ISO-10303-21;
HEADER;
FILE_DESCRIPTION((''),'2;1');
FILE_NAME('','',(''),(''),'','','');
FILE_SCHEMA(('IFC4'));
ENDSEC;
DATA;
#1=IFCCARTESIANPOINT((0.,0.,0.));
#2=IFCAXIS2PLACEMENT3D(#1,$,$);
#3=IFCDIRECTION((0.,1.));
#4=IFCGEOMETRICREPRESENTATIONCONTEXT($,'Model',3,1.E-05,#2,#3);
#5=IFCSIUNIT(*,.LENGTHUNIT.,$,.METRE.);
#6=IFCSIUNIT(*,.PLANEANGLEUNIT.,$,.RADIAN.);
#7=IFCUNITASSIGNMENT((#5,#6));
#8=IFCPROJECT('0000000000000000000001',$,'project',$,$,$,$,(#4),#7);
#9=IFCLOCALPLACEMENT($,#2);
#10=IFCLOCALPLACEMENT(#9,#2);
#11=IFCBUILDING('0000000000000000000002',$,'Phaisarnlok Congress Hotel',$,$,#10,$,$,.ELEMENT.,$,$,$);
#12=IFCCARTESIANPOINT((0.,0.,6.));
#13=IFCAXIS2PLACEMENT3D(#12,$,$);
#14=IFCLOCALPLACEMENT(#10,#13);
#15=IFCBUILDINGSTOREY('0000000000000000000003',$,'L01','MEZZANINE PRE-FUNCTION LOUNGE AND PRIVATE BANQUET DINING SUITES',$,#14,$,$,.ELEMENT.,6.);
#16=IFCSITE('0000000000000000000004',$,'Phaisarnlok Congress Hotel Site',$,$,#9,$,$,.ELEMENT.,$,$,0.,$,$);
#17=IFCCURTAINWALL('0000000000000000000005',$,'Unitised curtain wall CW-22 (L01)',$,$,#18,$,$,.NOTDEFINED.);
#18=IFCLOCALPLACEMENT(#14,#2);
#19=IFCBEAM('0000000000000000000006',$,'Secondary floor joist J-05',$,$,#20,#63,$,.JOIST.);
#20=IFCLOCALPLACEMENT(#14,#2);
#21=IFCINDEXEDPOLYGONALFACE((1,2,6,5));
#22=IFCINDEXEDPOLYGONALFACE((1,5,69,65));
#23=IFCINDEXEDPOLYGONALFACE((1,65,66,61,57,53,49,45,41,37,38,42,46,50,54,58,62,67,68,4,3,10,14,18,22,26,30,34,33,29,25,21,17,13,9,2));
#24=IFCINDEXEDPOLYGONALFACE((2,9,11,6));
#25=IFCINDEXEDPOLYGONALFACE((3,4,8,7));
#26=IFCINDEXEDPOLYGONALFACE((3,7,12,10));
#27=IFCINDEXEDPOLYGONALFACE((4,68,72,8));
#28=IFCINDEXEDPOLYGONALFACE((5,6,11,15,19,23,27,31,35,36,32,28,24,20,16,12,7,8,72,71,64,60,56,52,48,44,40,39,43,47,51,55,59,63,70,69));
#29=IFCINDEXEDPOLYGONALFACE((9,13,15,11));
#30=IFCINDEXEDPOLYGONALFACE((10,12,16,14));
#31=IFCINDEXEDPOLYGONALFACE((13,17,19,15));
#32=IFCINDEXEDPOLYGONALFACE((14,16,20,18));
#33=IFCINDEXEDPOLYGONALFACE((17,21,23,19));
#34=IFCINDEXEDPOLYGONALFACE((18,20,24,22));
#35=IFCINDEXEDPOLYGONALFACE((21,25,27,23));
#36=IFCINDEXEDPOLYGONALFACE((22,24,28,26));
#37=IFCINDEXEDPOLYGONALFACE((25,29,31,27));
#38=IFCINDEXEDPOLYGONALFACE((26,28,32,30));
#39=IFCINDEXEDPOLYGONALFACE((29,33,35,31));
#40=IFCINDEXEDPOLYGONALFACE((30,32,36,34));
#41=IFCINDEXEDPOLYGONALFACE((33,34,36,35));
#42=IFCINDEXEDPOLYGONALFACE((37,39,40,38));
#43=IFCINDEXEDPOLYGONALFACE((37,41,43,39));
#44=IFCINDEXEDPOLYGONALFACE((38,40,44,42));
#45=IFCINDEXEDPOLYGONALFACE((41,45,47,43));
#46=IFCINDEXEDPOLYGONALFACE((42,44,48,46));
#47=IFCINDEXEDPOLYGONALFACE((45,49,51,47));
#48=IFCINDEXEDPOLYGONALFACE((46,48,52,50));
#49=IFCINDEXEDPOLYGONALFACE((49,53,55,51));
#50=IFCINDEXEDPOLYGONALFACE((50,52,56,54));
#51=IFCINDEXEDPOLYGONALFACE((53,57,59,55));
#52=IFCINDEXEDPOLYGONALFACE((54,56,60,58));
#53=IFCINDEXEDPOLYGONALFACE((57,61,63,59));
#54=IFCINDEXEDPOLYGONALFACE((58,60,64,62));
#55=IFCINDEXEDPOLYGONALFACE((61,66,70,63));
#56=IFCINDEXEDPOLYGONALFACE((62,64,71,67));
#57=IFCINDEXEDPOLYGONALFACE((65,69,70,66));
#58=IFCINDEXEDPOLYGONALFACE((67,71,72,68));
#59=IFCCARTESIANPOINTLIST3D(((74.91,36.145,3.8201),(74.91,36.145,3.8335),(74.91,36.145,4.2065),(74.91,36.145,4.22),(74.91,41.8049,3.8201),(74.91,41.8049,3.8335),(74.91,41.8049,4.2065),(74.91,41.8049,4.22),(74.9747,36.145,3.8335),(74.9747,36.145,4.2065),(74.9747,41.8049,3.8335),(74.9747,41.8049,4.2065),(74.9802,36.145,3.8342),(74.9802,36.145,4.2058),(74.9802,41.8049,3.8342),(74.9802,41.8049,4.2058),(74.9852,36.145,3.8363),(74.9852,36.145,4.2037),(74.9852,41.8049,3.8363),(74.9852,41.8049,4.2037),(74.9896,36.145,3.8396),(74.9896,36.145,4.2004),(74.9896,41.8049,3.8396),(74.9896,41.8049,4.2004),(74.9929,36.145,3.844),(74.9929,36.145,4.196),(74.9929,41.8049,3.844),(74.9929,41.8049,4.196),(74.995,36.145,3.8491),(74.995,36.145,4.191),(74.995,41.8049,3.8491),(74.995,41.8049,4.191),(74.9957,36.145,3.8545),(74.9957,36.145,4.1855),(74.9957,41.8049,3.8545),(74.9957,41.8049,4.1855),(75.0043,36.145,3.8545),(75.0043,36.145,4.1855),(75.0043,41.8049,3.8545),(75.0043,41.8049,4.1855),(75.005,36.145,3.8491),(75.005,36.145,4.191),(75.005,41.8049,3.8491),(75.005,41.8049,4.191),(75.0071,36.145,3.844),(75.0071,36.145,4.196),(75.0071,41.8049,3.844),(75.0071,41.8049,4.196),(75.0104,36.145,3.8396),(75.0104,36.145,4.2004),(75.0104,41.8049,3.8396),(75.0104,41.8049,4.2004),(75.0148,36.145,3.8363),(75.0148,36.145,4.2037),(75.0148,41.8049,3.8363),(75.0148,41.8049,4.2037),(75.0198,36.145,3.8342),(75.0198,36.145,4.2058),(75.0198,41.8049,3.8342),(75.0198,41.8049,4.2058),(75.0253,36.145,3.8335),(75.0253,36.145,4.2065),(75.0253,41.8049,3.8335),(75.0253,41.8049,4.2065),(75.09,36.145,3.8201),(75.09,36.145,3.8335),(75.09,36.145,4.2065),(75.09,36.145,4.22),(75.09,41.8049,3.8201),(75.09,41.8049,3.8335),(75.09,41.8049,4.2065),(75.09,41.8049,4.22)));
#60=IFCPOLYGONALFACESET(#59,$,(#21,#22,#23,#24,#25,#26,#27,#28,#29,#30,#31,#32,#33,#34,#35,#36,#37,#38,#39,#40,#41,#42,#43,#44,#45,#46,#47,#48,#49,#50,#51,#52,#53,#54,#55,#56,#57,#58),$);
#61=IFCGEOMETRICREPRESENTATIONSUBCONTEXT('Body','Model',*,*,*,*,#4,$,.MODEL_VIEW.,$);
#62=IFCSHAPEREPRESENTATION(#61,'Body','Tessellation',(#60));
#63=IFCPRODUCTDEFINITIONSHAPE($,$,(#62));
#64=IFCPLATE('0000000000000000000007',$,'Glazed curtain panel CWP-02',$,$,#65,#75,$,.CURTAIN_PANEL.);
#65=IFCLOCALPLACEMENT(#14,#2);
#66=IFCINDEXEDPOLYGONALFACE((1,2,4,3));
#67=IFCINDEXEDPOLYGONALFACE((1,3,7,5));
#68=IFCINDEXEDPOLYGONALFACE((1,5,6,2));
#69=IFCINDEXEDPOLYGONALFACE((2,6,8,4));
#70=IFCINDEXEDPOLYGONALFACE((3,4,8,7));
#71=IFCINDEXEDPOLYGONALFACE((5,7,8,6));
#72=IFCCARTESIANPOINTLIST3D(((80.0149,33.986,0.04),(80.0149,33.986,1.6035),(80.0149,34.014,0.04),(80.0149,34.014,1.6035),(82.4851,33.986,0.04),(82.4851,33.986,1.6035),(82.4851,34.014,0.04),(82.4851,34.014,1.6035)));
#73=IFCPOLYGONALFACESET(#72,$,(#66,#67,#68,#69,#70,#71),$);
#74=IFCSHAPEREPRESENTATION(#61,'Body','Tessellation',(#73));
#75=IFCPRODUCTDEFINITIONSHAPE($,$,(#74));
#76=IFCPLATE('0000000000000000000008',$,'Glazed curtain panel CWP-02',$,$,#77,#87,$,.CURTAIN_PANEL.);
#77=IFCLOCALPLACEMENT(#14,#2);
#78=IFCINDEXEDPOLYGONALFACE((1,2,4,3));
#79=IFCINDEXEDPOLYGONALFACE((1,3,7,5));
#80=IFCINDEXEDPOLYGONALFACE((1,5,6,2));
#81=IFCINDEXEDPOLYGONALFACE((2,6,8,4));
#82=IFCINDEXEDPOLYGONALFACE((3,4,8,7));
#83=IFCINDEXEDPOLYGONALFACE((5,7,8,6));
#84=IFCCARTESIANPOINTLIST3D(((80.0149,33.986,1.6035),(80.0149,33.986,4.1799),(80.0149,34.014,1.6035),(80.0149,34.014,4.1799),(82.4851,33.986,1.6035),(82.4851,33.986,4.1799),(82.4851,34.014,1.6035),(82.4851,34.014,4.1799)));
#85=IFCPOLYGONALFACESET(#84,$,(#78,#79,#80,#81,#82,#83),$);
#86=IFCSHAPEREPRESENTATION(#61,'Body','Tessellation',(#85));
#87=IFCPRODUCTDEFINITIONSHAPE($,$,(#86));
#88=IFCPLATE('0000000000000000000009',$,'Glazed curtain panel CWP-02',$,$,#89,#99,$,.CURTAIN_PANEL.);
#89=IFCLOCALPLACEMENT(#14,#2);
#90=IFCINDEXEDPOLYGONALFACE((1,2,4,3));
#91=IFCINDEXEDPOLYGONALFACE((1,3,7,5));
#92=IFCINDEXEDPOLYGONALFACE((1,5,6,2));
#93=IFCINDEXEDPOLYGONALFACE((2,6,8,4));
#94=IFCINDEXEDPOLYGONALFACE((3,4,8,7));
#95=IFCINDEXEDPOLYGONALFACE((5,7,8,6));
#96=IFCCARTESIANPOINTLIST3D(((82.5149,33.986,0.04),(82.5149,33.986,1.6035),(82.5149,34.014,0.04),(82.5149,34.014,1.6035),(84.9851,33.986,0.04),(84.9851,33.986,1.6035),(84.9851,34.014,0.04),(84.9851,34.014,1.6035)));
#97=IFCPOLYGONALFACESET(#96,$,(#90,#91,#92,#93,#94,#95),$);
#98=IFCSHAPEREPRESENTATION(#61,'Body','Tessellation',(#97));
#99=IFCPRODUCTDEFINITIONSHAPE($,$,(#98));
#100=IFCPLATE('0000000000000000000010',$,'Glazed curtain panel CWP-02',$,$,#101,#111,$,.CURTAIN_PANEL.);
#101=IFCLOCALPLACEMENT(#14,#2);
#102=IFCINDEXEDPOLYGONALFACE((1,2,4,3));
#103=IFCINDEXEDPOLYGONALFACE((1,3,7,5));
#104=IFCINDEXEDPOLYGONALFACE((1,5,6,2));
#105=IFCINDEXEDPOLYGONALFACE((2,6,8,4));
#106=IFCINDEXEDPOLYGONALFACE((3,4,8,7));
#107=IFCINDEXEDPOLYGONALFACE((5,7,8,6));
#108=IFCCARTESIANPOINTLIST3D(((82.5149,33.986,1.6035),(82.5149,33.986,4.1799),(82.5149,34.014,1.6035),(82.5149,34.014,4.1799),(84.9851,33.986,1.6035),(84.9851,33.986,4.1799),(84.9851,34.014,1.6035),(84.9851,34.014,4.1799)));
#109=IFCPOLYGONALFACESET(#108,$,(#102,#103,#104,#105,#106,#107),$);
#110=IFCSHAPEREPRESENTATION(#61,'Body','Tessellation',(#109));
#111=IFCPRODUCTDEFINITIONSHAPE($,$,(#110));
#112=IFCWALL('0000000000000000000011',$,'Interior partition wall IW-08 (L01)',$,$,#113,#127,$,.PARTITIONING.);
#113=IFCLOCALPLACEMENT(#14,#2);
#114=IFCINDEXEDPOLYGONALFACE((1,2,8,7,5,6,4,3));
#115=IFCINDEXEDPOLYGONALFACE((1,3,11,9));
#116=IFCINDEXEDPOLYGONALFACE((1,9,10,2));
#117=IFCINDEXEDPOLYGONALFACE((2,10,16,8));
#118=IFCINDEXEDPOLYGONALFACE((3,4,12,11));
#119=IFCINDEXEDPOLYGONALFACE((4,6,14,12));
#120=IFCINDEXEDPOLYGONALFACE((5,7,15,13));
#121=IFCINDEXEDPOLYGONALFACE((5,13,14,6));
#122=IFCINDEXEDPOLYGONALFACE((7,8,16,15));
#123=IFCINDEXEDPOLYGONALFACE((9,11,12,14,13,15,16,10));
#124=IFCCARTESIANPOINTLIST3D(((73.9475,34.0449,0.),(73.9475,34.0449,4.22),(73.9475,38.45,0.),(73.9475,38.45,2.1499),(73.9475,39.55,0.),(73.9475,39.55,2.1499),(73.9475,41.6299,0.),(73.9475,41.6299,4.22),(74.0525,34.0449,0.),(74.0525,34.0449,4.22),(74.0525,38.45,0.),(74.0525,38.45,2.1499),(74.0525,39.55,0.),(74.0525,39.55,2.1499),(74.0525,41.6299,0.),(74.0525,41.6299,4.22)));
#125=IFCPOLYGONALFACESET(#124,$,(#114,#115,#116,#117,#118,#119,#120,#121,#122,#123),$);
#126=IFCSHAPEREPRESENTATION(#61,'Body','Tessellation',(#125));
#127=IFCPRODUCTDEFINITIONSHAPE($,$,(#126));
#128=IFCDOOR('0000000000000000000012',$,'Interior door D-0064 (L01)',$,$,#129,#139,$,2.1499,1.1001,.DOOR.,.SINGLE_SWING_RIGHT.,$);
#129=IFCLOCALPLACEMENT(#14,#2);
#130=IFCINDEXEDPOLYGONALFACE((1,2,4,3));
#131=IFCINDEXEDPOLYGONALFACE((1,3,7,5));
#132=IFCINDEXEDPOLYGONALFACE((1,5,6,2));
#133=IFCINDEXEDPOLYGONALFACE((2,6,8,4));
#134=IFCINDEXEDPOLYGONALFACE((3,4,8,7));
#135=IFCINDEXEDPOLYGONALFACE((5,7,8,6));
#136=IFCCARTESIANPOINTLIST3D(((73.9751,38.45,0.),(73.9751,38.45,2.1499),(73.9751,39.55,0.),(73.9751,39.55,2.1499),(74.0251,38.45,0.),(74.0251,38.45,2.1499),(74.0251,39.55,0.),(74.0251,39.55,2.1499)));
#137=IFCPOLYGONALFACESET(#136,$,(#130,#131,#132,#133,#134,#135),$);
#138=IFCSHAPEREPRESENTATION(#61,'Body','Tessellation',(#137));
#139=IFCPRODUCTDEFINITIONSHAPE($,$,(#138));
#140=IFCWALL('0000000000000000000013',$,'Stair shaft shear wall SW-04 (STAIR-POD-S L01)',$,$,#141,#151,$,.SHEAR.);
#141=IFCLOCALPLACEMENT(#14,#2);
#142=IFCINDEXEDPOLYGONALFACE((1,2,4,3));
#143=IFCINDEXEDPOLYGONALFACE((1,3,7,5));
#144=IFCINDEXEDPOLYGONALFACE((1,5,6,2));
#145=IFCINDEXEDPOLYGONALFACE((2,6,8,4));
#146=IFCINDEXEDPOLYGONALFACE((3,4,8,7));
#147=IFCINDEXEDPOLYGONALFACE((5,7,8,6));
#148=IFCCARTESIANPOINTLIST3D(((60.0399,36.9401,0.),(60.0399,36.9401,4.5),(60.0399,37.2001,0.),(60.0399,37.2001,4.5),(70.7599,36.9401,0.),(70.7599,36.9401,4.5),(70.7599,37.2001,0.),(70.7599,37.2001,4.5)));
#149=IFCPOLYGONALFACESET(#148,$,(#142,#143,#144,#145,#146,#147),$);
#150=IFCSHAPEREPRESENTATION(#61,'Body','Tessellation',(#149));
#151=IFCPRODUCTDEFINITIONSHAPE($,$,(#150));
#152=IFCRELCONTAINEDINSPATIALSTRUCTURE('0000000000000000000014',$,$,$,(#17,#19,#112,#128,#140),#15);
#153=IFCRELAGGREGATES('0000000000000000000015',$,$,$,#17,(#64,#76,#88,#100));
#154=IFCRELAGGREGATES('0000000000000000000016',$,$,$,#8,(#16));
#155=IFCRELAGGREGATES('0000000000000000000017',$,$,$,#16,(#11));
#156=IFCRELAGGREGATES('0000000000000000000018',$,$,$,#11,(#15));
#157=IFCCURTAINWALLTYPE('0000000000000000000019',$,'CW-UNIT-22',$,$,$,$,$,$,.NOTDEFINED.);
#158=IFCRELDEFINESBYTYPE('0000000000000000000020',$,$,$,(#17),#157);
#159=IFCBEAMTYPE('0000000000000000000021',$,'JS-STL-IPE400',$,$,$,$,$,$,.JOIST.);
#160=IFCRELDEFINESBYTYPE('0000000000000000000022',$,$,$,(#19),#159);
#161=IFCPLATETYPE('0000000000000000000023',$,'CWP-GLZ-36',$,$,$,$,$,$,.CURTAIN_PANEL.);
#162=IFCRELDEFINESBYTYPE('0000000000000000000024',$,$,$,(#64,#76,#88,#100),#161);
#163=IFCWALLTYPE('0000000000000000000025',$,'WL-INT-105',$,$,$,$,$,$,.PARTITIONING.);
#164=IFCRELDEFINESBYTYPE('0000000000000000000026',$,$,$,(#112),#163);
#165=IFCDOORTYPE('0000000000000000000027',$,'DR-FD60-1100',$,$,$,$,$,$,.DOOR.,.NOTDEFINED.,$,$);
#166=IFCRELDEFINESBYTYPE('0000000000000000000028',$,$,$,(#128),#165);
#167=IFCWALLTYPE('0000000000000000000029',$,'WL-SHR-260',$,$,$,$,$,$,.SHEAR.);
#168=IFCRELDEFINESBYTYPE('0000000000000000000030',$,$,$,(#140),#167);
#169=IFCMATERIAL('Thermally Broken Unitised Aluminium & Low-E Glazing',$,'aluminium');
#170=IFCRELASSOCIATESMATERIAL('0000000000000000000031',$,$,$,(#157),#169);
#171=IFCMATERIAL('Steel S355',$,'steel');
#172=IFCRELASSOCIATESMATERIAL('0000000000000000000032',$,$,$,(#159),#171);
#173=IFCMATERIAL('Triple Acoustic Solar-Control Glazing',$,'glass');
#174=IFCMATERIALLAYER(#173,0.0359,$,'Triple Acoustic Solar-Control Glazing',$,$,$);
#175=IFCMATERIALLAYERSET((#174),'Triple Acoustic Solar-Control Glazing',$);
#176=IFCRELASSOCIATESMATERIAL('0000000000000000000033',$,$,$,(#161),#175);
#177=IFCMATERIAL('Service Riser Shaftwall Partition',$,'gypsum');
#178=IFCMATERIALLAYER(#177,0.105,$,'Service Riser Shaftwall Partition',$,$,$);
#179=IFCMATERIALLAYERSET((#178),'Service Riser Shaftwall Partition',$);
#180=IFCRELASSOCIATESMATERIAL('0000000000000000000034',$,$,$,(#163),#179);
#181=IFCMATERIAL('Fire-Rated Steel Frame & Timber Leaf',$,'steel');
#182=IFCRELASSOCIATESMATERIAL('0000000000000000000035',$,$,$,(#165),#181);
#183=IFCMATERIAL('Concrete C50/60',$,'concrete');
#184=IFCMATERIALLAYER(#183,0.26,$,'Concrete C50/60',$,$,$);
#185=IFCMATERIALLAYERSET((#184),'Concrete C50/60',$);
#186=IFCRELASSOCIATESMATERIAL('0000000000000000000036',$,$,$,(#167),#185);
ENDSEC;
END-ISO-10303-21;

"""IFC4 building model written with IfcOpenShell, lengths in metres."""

from ifc_helpers import new_model, si_unit, direction, frame, frame_2d, origin, origin_2d, place, context, subcontext, project, spatial, rectangle, i_section, extrude, material, layer, layer_set, material_profile, profile_set, type_object, element, fill, aggregate, save


model = new_model("IFC4")

# Units and contexts
model_context = context("Model", 3, precision=1e-05, world=origin(), true_north=direction((0.0, 1.0)))
body_context = subcontext(model_context, "Body", "Model", "MODEL_VIEW")
ifc_project = project(units=[si_unit("LENGTHUNIT", "METRE"), si_unit("PLANEANGLEUNIT", "RADIAN")], contexts=[model_context])

# Site, building, storey
site_placement = place(None, origin())
site = spatial("IfcSite", under=ifc_project, at=site_placement, Name="Phaisarnlok Congress Hotel Site", CompositionType="ELEMENT", RefElevation=0.0)
building_placement = place(site_placement, origin())
building = spatial("IfcBuilding", under=site, at=building_placement, Name="Phaisarnlok Congress Hotel", CompositionType="ELEMENT")
storey_placement = place(building_placement, frame((0.0, 0.0, 6.0)))
storey = spatial("IfcBuildingStorey", under=building, at=storey_placement, Name="L01", Description="MEZZANINE PRE-FUNCTION LOUNGE AND PRIVATE BANQUET DINING SUITES", CompositionType="ELEMENT", Elevation=6.0)

# Shared definitions
ifc_material_1 = material(Name="Concrete C50/60", Category="concrete")
ifc_material_2 = material(Name="Steel S355", Category="steel")

# Curtain wall
ifc_material_3 = material(Name="Thermally Broken Unitised Aluminium & Low-E Glazing", Category="aluminium")
curtain_wall_type = type_object("IfcCurtainWallType", Name="CW-UNIT-22", PredefinedType="NOTDEFINED", material=ifc_material_3)
curtain_wall_placement = place(storey_placement, origin())
curtain_wall = element("IfcCurtainWall", 1, at=curtain_wall_placement, inside=storey, type_object=curtain_wall_type, Name="Unitised curtain wall CW-22 (L01)", PredefinedType="NOTDEFINED")

# Beam
ifc_material_profile_1 = material_profile(ifc_material_2, i_section(OverallWidth=0.1799, OverallDepth=0.3999, WebThickness=0.0085, FlangeThickness=0.0134, FilletRadius=0.021, at=origin_2d()), Name="IPE 400")
ifc_profile_set_1 = profile_set([ifc_material_profile_1], Name="Steel S355")
beam_type_1 = type_object("IfcBeamType", Name="JS-STL-IPE400", PredefinedType="JOIST", material=ifc_profile_set_1)
beam_1_placement = place(storey_placement, frame((75.0, 36.145, 4.02), z_axis=(0.0, 1.0, 0.0), x_axis=(-1.0, 0.0, 0.0)))
element("IfcBeam", 2, at=beam_1_placement, inside=storey, type_object=beam_type_1, Name="Secondary floor joist J-05", PredefinedType="JOIST", context=body_context, shape_type="SweptSolid", body=[
    extrude(i_section(OverallWidth=0.1799, OverallDepth=0.3999, WebThickness=0.0085, FlangeThickness=0.0134, FilletRadius=0.021, at=origin_2d()), origin(), (0.0, 0.0, 1.0), 5.6599),
])

# Plates
ifc_material_4 = material(Name="Triple Acoustic Solar-Control Glazing", Category="glass")
ifc_layer_1 = layer(ifc_material_4, 0.0359, Name="Triple Acoustic Solar-Control Glazing")
ifc_layer_set_1 = layer_set([ifc_layer_1], Name="Triple Acoustic Solar-Control Glazing")
plate_type = type_object("IfcPlateType", Name="CWP-GLZ-36", PredefinedType="CURTAIN_PANEL", material=ifc_layer_set_1)
plate_1_placement = place(storey_placement, frame((80.0149, 34.0, 0.04), z_axis=(0.0, 0.0, 1.0), x_axis=(1.0, 0.0, 0.0)))
plate_1 = element("IfcPlate", 3, at=plate_1_placement, type_object=plate_type, Name="Glazed curtain panel CWP-02", PredefinedType="CURTAIN_PANEL", context=body_context, shape_type="SweptSolid", body=[
    extrude(rectangle(XDim=2.4702, YDim=0.0281, at=frame_2d((1.2351, 0.0))), origin(), (0.0, 0.0, 1.0), 1.5635),
])
plate_2_placement = place(storey_placement, frame((80.0149, 34.0, 1.6035), z_axis=(0.0, 0.0, 1.0), x_axis=(1.0, 0.0, 0.0)))
plate_2 = element("IfcPlate", 4, at=plate_2_placement, type_object=plate_type, Name="Glazed curtain panel CWP-02", PredefinedType="CURTAIN_PANEL", context=body_context, shape_type="SweptSolid", body=[
    extrude(rectangle(XDim=2.4702, YDim=0.0281, at=frame_2d((1.2351, 0.0))), origin(), (0.0, 0.0, 1.0), 2.5764),
])
plate_3_placement = place(storey_placement, frame((82.5149, 34.0, 0.04), z_axis=(0.0, 0.0, 1.0), x_axis=(1.0, 0.0, 0.0)))
plate_3 = element("IfcPlate", 5, at=plate_3_placement, type_object=plate_type, Name="Glazed curtain panel CWP-02", PredefinedType="CURTAIN_PANEL", context=body_context, shape_type="SweptSolid", body=[
    extrude(rectangle(XDim=2.4702, YDim=0.0281, at=frame_2d((1.2351, 0.0))), origin(), (0.0, 0.0, 1.0), 1.5635),
])
plate_4_placement = place(storey_placement, frame((82.5149, 34.0, 1.6035), z_axis=(0.0, 0.0, 1.0), x_axis=(1.0, 0.0, 0.0)))
plate_4 = element("IfcPlate", 6, at=plate_4_placement, type_object=plate_type, Name="Glazed curtain panel CWP-02", PredefinedType="CURTAIN_PANEL", context=body_context, shape_type="SweptSolid", body=[
    extrude(rectangle(XDim=2.4702, YDim=0.0281, at=frame_2d((1.2351, 0.0))), origin(), (0.0, 0.0, 1.0), 2.5764),
])
aggregate(curtain_wall, [plate_1, plate_2, plate_3, plate_4])

# Wall, opening, door
ifc_material_5 = material(Name="Service Riser Shaftwall Partition", Category="gypsum")
ifc_layer_2 = layer(ifc_material_5, 0.105, Name="Service Riser Shaftwall Partition")
ifc_layer_set_2 = layer_set([ifc_layer_2], Name="Service Riser Shaftwall Partition")
wall_type_1 = type_object("IfcWallType", Name="WL-INT-105", PredefinedType="PARTITIONING", material=ifc_layer_set_2)
wall_1_placement = place(storey_placement, frame((74.0, 34.0449, 0.0), z_axis=(0.0, 0.0, 1.0), x_axis=(0.0, 1.0, 0.0)))
wall_1 = element("IfcWall", 7, at=wall_1_placement, inside=storey, type_object=wall_type_1, Name="Interior partition wall IW-08 (L01)", PredefinedType="PARTITIONING", context=body_context, shape_type="SweptSolid", body=[
    extrude(rectangle(XDim=7.585, YDim=0.105, at=frame_2d((3.7925, 0.0))), origin(), (0.0, 0.0, 1.0), 4.22),
])
opening_placement = place(wall_1_placement, frame((4.405, 0.0, 0.0)))
opening = element("IfcOpeningElement", 8, at=opening_placement, cuts=wall_1, PredefinedType="OPENING", context=body_context, shape_type="SweptSolid", body=[
    extrude(rectangle(XDim=1.1001, YDim=2.1499, at=frame_2d((0.55, 1.075))), frame((0.0, 0.0625, 0.0), z_axis=(0.0, -1.0, 0.0), x_axis=(1.0, 0.0, 0.0)), (0.0, 0.0, 1.0), 0.125),
])
ifc_material_6 = material(Name="Fire-Rated Steel Frame & Timber Leaf", Category="steel")
door_type = type_object("IfcDoorType", Name="DR-FD60-1100", OperationType="NOTDEFINED", PredefinedType="DOOR", material=ifc_material_6)
door_placement = place(opening_placement, origin())
door = element("IfcDoor", 9, at=door_placement, inside=storey, type_object=door_type, Name="Interior door D-0064 (L01)", OperationType="SINGLE_SWING_RIGHT", OverallHeight=2.1499, OverallWidth=1.1001, PredefinedType="DOOR", context=body_context, shape_type="SweptSolid", body=[
    extrude(rectangle(XDim=1.1001, YDim=2.1499, at=frame_2d((0.55, 1.075))), frame((0.0, 0.0249, 0.0), z_axis=(0.0, -1.0, 0.0), x_axis=(1.0, 0.0, 0.0)), (0.0, 0.0, 1.0), 0.05),
])
fill(opening, door)

# Wall
ifc_layer_3 = layer(ifc_material_1, 0.26, Name="Concrete C50/60")
ifc_layer_set_3 = layer_set([ifc_layer_3], Name="Concrete C50/60")
wall_type_2 = type_object("IfcWallType", Name="WL-SHR-260", PredefinedType="SHEAR", material=ifc_layer_set_3)
wall_2_placement = place(storey_placement, frame((60.04, 37.0701, 0.0), z_axis=(0.0, 0.0, 1.0), x_axis=(1.0, 0.0, 0.0)))
element("IfcWall", 10, at=wall_2_placement, inside=storey, type_object=wall_type_2, Name="Stair shaft shear wall SW-04 (STAIR-POD-S L01)", PredefinedType="SHEAR", context=body_context, shape_type="SweptSolid", body=[
    extrude(rectangle(XDim=10.72, YDim=0.26, at=frame_2d((5.3599, 0.0))), origin(), (0.0, 0.0, 1.0), 4.5),
])

save(model, "model.ifc")
